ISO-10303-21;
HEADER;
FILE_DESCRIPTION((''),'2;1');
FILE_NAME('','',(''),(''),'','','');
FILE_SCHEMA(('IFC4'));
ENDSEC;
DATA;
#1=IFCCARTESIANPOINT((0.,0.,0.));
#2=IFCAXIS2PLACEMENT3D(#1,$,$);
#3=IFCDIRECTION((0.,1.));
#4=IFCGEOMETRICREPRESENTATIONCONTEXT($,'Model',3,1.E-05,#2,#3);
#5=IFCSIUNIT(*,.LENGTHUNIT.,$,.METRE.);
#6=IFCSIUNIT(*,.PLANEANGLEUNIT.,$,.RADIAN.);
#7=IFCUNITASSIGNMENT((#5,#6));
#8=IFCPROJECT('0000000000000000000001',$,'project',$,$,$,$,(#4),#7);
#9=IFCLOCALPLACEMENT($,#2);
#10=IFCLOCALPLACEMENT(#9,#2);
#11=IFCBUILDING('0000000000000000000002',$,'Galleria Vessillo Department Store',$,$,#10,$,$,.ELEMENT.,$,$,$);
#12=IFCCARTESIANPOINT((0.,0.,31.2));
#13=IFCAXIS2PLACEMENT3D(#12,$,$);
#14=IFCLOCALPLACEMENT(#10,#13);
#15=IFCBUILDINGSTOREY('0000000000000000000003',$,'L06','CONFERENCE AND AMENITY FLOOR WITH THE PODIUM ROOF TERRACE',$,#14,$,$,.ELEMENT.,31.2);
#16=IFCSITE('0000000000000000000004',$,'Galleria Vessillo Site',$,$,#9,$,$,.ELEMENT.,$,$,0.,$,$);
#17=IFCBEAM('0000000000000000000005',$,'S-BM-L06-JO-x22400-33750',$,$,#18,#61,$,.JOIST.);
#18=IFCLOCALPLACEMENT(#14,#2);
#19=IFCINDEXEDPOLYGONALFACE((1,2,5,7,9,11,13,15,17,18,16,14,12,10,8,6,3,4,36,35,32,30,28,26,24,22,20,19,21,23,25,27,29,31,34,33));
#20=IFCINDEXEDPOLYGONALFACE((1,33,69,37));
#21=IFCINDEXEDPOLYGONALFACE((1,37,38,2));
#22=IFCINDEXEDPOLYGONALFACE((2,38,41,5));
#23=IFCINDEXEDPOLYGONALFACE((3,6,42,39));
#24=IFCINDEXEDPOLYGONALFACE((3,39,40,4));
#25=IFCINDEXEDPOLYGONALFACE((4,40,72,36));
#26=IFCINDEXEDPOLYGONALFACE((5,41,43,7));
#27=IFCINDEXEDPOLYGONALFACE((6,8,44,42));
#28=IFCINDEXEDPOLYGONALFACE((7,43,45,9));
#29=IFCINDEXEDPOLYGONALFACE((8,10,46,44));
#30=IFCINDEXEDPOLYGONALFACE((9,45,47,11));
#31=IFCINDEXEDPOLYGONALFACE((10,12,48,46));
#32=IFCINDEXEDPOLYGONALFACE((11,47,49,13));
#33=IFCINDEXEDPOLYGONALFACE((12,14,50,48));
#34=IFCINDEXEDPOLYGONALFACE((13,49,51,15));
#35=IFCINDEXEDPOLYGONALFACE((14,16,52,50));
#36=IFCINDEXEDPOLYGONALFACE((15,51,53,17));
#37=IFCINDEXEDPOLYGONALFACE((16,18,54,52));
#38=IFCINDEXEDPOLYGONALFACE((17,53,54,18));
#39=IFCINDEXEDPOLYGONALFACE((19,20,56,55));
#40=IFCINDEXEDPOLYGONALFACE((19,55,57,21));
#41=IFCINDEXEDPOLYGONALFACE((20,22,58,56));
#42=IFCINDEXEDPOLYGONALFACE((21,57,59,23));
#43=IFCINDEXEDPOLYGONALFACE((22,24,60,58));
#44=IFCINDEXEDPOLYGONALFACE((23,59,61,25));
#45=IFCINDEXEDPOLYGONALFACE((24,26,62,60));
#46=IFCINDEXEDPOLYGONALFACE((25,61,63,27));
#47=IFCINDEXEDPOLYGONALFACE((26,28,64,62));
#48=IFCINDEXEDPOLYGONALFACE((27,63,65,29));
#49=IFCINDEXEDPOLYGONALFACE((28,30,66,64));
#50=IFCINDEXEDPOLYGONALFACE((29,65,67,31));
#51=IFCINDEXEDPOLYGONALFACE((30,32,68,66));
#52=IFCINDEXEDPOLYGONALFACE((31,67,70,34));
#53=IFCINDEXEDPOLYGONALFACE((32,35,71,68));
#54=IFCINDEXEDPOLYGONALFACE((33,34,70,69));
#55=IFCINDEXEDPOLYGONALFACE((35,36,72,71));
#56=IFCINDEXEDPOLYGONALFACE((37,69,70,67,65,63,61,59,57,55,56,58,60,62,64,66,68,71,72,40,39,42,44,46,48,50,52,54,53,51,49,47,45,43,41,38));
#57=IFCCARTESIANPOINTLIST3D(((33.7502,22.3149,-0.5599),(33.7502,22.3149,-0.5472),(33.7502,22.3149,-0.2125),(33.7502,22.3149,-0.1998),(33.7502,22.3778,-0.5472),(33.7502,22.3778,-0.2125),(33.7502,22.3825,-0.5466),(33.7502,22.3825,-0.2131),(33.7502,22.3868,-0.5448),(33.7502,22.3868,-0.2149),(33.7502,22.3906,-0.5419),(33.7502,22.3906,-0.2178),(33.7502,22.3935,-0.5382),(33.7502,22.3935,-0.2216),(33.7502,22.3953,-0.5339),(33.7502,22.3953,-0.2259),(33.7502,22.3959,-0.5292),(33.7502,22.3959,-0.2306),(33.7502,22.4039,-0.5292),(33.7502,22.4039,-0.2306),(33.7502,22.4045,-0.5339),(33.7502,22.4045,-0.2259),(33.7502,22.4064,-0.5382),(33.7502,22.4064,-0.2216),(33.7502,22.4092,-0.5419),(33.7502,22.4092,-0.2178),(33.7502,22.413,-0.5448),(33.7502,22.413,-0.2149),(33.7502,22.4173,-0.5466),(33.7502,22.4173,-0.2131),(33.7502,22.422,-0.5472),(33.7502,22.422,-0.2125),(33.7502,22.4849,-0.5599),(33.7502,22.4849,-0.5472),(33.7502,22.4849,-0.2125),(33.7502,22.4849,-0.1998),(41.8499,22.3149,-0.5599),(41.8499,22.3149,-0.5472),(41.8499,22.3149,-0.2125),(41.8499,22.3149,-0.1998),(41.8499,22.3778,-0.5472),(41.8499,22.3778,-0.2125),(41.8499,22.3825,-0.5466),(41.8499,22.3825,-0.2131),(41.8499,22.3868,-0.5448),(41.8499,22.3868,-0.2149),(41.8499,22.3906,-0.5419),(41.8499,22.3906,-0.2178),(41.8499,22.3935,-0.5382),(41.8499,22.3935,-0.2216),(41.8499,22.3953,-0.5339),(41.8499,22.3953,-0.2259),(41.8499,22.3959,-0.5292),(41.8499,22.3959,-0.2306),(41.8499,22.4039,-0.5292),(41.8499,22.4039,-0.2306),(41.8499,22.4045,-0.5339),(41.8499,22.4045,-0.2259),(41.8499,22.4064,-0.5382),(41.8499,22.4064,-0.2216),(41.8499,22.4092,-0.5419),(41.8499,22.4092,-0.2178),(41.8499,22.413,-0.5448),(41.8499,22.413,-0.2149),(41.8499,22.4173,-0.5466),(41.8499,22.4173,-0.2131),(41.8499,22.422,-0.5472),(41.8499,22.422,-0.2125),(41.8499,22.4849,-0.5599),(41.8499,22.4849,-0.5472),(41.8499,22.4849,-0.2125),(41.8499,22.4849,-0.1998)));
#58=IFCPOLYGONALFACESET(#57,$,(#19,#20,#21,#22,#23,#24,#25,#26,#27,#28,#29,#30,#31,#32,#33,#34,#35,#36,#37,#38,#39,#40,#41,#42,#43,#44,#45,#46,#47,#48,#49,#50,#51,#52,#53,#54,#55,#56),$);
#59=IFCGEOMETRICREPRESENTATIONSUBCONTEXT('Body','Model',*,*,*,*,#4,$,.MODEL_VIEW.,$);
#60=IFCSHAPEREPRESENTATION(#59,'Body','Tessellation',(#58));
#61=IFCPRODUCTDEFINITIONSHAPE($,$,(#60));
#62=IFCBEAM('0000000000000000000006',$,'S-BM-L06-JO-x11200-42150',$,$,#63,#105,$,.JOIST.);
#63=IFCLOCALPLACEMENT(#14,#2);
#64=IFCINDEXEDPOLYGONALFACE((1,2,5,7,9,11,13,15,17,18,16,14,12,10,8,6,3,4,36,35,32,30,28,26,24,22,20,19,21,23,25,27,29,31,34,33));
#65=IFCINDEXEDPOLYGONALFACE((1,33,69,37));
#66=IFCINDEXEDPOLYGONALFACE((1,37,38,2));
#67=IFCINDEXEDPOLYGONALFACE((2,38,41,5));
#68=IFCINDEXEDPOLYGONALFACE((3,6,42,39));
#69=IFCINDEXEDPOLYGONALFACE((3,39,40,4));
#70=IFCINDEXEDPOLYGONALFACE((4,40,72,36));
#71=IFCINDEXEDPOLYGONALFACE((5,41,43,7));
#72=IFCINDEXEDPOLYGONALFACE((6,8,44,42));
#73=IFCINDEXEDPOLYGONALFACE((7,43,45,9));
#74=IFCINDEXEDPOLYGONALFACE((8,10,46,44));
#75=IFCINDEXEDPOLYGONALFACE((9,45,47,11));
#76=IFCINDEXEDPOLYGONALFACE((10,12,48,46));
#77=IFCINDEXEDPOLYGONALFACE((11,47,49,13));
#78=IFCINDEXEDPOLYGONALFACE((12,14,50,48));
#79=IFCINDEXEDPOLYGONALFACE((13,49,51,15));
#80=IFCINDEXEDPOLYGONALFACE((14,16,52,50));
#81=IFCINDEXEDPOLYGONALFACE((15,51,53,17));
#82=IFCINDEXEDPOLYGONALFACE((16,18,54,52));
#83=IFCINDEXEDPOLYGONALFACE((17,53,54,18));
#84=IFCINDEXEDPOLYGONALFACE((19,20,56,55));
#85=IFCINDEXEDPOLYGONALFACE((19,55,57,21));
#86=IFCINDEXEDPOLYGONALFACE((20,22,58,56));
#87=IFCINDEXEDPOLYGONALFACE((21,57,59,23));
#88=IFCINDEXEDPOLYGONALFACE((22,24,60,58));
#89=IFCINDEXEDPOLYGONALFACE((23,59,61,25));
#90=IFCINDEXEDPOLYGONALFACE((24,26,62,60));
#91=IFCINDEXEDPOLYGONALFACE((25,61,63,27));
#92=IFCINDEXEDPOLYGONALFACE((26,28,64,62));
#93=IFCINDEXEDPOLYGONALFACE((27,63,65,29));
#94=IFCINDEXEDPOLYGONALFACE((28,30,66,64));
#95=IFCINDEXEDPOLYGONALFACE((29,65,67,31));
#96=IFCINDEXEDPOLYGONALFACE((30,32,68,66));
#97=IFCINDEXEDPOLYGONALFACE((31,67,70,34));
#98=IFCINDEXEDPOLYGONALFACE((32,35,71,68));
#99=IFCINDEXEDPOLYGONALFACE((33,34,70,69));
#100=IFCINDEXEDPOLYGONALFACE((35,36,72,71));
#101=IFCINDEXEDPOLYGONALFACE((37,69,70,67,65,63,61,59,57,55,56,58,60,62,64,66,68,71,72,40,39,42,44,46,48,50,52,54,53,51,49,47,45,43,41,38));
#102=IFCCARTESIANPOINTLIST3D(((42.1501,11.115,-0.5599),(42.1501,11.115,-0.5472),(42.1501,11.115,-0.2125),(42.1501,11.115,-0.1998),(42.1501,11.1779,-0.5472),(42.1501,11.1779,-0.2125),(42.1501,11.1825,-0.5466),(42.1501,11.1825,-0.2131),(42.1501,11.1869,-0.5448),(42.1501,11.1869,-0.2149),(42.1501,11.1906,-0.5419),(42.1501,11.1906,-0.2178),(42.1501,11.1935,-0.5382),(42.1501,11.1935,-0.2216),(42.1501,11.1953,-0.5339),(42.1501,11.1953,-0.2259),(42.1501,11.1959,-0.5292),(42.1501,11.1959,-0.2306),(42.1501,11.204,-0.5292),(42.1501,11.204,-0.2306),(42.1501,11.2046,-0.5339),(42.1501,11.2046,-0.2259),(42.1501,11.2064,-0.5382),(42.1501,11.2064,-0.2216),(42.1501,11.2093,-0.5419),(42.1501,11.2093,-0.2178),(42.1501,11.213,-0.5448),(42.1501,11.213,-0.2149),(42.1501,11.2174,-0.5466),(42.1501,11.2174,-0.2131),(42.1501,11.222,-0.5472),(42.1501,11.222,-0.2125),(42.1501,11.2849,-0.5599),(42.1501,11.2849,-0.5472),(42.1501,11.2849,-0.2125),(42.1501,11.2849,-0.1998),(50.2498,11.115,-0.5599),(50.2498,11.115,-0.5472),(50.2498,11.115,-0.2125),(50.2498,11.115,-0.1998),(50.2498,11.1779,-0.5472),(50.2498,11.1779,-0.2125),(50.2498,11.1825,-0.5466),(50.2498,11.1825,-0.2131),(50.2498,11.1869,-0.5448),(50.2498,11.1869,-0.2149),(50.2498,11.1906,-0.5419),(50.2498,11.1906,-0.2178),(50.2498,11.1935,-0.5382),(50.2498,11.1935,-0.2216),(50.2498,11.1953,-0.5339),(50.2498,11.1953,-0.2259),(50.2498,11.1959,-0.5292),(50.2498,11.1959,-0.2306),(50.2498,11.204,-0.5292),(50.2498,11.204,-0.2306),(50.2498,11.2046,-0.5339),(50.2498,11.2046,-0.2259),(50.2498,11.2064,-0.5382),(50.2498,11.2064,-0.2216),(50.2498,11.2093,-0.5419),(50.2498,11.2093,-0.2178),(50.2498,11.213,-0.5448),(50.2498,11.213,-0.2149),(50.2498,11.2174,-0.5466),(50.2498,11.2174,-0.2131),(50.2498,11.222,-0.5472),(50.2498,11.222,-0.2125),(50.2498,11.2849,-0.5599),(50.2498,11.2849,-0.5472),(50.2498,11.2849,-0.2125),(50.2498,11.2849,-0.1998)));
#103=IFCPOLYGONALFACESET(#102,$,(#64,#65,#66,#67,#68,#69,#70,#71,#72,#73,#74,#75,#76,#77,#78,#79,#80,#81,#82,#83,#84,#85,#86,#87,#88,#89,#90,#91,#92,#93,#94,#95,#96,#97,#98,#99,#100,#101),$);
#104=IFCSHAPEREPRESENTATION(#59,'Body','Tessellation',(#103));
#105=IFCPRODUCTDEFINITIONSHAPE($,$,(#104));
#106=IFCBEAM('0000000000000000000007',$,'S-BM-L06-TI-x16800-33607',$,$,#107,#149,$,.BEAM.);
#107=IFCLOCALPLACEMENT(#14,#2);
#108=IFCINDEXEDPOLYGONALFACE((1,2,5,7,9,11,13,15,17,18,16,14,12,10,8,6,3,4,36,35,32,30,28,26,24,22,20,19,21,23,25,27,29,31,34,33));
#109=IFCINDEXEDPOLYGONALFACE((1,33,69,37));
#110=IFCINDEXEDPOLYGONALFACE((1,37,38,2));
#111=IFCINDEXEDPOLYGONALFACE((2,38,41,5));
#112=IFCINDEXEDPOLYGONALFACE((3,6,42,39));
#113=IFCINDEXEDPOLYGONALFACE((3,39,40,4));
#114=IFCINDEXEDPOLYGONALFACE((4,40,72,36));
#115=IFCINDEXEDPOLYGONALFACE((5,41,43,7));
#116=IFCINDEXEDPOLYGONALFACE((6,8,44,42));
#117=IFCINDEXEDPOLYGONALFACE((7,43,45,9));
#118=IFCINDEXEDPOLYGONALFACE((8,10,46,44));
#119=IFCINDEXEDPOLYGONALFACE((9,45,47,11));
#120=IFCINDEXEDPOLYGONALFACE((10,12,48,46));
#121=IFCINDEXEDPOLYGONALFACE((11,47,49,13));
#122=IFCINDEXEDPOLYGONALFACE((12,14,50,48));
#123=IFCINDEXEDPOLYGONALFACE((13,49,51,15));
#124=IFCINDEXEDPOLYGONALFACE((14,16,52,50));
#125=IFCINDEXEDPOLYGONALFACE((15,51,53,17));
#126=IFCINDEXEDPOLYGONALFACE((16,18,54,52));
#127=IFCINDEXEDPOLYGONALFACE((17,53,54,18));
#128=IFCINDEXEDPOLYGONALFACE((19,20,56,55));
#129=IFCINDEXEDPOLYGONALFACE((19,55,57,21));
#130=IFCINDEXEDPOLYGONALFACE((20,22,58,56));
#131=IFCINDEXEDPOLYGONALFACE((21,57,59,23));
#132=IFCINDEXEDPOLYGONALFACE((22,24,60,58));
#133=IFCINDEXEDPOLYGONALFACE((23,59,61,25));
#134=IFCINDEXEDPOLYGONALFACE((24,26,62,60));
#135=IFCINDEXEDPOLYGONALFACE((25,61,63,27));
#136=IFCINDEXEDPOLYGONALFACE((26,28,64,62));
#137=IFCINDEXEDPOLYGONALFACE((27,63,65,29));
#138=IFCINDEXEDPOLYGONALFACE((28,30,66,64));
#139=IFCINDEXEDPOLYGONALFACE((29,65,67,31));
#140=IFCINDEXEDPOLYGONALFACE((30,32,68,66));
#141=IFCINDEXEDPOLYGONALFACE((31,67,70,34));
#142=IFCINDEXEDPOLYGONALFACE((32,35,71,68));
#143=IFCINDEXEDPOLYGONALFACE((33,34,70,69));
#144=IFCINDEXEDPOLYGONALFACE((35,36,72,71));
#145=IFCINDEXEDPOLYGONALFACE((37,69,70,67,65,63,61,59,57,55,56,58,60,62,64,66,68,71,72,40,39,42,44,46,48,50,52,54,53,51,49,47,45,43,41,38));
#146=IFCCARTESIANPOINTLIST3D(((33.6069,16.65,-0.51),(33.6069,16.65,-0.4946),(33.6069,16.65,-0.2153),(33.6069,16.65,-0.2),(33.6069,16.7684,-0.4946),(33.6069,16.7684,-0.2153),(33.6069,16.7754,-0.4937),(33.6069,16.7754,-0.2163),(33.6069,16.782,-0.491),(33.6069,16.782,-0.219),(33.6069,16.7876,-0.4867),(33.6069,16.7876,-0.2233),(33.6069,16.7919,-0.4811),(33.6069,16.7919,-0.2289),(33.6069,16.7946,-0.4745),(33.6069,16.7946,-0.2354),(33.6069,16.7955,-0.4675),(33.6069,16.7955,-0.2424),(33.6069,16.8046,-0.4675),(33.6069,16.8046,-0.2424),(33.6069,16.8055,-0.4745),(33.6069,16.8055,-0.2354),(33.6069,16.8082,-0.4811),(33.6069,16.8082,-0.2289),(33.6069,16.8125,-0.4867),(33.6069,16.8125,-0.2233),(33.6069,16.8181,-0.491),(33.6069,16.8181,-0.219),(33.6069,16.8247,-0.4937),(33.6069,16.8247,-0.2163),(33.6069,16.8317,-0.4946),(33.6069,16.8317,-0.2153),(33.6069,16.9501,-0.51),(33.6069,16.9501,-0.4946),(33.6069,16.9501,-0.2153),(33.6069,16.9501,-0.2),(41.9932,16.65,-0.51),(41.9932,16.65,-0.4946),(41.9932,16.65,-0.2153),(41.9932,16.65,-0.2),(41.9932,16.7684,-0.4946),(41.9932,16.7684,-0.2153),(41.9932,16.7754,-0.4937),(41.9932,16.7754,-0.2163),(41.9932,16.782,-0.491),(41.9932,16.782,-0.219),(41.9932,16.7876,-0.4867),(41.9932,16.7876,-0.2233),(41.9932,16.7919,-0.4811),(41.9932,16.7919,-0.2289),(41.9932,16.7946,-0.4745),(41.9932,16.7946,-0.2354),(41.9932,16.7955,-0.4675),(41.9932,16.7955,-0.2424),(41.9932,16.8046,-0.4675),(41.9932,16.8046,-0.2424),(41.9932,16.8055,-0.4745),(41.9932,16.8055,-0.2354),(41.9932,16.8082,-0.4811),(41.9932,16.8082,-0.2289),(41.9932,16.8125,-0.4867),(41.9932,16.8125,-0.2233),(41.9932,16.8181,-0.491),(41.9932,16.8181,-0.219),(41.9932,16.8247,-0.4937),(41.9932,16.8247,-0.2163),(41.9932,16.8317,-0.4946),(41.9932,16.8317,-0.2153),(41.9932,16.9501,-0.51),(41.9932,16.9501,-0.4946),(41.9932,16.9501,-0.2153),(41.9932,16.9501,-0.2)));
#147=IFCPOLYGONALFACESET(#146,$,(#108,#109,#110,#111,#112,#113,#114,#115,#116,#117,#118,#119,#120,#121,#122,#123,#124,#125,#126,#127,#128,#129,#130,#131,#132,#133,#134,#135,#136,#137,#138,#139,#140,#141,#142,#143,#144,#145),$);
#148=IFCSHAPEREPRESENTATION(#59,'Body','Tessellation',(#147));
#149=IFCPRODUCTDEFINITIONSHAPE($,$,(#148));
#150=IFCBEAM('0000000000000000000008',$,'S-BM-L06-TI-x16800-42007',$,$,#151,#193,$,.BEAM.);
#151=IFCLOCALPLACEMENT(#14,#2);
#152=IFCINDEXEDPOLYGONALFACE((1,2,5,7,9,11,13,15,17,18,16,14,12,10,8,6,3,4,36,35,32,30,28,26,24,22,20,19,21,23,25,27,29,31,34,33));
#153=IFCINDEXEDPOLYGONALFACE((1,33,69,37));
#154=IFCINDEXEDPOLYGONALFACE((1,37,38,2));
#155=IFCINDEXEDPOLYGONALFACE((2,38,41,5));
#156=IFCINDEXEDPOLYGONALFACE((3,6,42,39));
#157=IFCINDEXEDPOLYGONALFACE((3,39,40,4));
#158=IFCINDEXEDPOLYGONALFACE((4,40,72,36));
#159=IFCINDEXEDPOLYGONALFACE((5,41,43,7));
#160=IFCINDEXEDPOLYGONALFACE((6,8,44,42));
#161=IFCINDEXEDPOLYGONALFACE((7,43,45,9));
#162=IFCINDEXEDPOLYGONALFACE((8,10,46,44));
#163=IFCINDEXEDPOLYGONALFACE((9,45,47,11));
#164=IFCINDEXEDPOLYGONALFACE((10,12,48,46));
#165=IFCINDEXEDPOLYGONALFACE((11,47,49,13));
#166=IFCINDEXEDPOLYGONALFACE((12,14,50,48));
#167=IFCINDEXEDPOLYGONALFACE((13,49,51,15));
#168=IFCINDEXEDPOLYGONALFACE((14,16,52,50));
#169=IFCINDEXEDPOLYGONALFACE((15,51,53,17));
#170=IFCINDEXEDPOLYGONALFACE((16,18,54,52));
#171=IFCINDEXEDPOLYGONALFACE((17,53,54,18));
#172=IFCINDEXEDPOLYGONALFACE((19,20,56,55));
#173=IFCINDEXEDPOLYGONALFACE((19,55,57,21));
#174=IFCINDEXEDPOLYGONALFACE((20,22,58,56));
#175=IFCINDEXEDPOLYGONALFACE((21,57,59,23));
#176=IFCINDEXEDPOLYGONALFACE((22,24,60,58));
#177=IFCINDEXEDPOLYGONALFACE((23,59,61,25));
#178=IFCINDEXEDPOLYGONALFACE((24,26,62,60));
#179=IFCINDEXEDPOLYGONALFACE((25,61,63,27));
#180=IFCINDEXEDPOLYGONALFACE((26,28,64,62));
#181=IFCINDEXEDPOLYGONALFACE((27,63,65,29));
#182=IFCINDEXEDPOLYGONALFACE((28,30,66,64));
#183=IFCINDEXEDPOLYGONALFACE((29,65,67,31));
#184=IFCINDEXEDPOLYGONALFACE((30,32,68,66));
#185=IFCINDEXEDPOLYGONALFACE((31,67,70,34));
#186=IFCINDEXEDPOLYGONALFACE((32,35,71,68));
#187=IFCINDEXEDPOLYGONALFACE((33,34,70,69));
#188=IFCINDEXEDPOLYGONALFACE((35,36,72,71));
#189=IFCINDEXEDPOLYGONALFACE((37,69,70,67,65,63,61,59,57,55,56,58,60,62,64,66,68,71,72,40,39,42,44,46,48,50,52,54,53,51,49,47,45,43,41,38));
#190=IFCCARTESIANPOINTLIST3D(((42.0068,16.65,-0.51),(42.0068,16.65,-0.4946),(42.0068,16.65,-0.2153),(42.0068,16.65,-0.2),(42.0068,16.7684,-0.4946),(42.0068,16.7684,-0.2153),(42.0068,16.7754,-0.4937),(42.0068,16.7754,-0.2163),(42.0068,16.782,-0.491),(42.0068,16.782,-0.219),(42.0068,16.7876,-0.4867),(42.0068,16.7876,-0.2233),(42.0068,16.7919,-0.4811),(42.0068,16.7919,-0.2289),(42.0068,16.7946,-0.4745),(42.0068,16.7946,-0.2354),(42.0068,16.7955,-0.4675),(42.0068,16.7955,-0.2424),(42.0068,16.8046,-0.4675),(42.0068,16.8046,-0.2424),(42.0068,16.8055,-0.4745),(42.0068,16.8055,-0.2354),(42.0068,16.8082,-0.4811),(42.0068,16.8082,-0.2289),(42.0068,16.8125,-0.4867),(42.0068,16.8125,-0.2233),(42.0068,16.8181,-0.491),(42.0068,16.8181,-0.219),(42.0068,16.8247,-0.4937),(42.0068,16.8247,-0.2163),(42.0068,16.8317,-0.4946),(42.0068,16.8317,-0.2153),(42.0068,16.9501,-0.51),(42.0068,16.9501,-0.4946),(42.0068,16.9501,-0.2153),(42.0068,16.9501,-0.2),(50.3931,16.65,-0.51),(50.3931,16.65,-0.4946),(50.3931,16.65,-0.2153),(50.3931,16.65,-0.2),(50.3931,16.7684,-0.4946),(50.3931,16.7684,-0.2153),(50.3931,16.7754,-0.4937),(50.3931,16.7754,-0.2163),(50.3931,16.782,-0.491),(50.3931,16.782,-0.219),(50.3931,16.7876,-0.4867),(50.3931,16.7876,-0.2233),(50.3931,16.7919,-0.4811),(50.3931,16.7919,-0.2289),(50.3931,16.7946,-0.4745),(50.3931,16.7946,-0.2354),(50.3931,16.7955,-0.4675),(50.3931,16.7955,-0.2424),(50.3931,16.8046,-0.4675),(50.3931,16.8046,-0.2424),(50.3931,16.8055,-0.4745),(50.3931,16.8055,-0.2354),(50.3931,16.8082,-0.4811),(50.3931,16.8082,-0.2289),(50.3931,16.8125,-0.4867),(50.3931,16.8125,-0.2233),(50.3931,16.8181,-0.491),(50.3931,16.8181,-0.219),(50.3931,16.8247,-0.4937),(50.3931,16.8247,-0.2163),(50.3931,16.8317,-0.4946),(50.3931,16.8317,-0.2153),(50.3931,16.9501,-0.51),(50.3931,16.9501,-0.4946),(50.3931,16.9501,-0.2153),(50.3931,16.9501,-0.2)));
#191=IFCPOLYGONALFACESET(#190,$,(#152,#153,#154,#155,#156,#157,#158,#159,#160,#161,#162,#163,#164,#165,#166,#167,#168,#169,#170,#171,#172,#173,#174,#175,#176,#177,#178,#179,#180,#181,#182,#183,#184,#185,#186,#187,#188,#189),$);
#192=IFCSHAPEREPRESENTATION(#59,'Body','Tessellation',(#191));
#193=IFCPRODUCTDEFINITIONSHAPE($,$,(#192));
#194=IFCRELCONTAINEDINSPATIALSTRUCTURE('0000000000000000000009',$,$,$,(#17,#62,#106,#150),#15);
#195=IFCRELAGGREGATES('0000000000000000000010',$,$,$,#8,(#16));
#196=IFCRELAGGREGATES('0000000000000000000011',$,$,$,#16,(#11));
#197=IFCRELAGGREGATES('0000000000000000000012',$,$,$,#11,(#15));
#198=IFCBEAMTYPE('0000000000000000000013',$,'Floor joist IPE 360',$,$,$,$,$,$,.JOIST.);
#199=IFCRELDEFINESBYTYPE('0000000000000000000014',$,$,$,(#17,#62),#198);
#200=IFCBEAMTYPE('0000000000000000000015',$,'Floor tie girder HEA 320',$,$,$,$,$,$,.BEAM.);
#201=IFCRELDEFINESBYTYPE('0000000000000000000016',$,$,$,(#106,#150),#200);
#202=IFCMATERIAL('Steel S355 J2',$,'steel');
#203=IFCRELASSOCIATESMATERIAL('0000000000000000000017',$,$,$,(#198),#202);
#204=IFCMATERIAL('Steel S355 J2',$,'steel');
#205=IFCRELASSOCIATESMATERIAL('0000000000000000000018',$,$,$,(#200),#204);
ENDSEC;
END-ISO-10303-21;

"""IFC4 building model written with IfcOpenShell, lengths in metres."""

from ifc_helpers import new_model, si_unit, direction, frame, origin, origin_2d, place, context, subcontext, project, spatial, i_section, extrude, material, material_profile, profile_set, type_object, element, save


model = new_model("IFC4")

# Units and contexts
model_context = context("Model", 3, precision=1e-05, world=origin(), true_north=direction((0.0, 1.0)))
body_context = subcontext(model_context, "Body", "Model", "MODEL_VIEW")
ifc_project = project(units=[si_unit("LENGTHUNIT", "METRE"), si_unit("PLANEANGLEUNIT", "RADIAN")], contexts=[model_context])

# Site, building, storey
site_placement = place(None, origin())
site = spatial("IfcSite", under=ifc_project, at=site_placement, Name="Galleria Vessillo Site", CompositionType="ELEMENT", RefElevation=0.0)
building_placement = place(site_placement, origin())
building = spatial("IfcBuilding", under=site, at=building_placement, Name="Galleria Vessillo Department Store", CompositionType="ELEMENT")
storey_placement = place(building_placement, frame((0.0, 0.0, 31.2)))
storey = spatial("IfcBuildingStorey", under=building, at=storey_placement, Name="L06", Description="CONFERENCE AND AMENITY FLOOR WITH THE PODIUM ROOF TERRACE", CompositionType="ELEMENT", Elevation=31.2)

# Beams
ifc_material_1 = material(Name="Steel S355 J2", Category="steel")
ifc_material_profile_1 = material_profile(ifc_material_1, i_section(OverallWidth=0.1699, OverallDepth=0.3601, WebThickness=0.0081, FlangeThickness=0.0127, FilletRadius=0.0181, at=origin_2d()), Name="IPE 360")
ifc_profile_set_1 = profile_set([ifc_material_profile_1], Name="Steel S355 J2")
beam_type_1 = type_object("IfcBeamType", Name="Floor joist IPE 360", PredefinedType="JOIST", material=ifc_profile_set_1)
for number, where, z_axis, x_axis, name in (
    (1, (33.7502, 22.3999, -0.3799), (1.0, 0.0, 0.0), (0.0, 1.0, 0.0), "S-BM-L06-JO-x22400-33750"),
    (2, (42.1501, 11.2, -0.3799), (1.0, 0.0, 0.0), (0.0, 1.0, 0.0), "S-BM-L06-JO-x11200-42150"),
):
    element("IfcBeam", number, at=place(storey_placement, frame(where, z_axis=z_axis, x_axis=x_axis)), inside=storey, type_object=beam_type_1, Name=name, PredefinedType="JOIST", context=body_context, shape_type="SweptSolid", body=[
        extrude(i_section(OverallWidth=0.1699, OverallDepth=0.3601, WebThickness=0.0081, FlangeThickness=0.0127, FilletRadius=0.0181, at=origin_2d()), origin(), (0.0, 0.0, 1.0), 8.0996),
    ])
ifc_material_2 = material(Name="Steel S355 J2", Category="steel")
ifc_material_profile_2 = material_profile(ifc_material_2, i_section(OverallWidth=0.3, OverallDepth=0.3101, WebThickness=0.009, FlangeThickness=0.0154, FilletRadius=0.0271, at=origin_2d()), Name="HEA 320")
ifc_profile_set_2 = profile_set([ifc_material_profile_2], Name="Steel S355 J2")
beam_type_2 = type_object("IfcBeamType", Name="Floor tie girder HEA 320", PredefinedType="BEAM", material=ifc_profile_set_2)
for number, where, z_axis, x_axis, name in (
    (3, (33.6069, 16.8, -0.355), (1.0, 0.0, 0.0), (0.0, 1.0, 0.0), "S-BM-L06-TI-x16800-33607"),
    (4, (42.0068, 16.8, -0.355), (1.0, 0.0, 0.0), (0.0, 1.0, 0.0), "S-BM-L06-TI-x16800-42007"),
):
    element("IfcBeam", number, at=place(storey_placement, frame(where, z_axis=z_axis, x_axis=x_axis)), inside=storey, type_object=beam_type_2, Name=name, PredefinedType="BEAM", context=body_context, shape_type="SweptSolid", body=[
        extrude(i_section(OverallWidth=0.3, OverallDepth=0.3101, WebThickness=0.009, FlangeThickness=0.0154, FilletRadius=0.0271, at=origin_2d()), origin(), (0.0, 0.0, 1.0), 8.3862),
    ])

save(model, "model.ifc")
